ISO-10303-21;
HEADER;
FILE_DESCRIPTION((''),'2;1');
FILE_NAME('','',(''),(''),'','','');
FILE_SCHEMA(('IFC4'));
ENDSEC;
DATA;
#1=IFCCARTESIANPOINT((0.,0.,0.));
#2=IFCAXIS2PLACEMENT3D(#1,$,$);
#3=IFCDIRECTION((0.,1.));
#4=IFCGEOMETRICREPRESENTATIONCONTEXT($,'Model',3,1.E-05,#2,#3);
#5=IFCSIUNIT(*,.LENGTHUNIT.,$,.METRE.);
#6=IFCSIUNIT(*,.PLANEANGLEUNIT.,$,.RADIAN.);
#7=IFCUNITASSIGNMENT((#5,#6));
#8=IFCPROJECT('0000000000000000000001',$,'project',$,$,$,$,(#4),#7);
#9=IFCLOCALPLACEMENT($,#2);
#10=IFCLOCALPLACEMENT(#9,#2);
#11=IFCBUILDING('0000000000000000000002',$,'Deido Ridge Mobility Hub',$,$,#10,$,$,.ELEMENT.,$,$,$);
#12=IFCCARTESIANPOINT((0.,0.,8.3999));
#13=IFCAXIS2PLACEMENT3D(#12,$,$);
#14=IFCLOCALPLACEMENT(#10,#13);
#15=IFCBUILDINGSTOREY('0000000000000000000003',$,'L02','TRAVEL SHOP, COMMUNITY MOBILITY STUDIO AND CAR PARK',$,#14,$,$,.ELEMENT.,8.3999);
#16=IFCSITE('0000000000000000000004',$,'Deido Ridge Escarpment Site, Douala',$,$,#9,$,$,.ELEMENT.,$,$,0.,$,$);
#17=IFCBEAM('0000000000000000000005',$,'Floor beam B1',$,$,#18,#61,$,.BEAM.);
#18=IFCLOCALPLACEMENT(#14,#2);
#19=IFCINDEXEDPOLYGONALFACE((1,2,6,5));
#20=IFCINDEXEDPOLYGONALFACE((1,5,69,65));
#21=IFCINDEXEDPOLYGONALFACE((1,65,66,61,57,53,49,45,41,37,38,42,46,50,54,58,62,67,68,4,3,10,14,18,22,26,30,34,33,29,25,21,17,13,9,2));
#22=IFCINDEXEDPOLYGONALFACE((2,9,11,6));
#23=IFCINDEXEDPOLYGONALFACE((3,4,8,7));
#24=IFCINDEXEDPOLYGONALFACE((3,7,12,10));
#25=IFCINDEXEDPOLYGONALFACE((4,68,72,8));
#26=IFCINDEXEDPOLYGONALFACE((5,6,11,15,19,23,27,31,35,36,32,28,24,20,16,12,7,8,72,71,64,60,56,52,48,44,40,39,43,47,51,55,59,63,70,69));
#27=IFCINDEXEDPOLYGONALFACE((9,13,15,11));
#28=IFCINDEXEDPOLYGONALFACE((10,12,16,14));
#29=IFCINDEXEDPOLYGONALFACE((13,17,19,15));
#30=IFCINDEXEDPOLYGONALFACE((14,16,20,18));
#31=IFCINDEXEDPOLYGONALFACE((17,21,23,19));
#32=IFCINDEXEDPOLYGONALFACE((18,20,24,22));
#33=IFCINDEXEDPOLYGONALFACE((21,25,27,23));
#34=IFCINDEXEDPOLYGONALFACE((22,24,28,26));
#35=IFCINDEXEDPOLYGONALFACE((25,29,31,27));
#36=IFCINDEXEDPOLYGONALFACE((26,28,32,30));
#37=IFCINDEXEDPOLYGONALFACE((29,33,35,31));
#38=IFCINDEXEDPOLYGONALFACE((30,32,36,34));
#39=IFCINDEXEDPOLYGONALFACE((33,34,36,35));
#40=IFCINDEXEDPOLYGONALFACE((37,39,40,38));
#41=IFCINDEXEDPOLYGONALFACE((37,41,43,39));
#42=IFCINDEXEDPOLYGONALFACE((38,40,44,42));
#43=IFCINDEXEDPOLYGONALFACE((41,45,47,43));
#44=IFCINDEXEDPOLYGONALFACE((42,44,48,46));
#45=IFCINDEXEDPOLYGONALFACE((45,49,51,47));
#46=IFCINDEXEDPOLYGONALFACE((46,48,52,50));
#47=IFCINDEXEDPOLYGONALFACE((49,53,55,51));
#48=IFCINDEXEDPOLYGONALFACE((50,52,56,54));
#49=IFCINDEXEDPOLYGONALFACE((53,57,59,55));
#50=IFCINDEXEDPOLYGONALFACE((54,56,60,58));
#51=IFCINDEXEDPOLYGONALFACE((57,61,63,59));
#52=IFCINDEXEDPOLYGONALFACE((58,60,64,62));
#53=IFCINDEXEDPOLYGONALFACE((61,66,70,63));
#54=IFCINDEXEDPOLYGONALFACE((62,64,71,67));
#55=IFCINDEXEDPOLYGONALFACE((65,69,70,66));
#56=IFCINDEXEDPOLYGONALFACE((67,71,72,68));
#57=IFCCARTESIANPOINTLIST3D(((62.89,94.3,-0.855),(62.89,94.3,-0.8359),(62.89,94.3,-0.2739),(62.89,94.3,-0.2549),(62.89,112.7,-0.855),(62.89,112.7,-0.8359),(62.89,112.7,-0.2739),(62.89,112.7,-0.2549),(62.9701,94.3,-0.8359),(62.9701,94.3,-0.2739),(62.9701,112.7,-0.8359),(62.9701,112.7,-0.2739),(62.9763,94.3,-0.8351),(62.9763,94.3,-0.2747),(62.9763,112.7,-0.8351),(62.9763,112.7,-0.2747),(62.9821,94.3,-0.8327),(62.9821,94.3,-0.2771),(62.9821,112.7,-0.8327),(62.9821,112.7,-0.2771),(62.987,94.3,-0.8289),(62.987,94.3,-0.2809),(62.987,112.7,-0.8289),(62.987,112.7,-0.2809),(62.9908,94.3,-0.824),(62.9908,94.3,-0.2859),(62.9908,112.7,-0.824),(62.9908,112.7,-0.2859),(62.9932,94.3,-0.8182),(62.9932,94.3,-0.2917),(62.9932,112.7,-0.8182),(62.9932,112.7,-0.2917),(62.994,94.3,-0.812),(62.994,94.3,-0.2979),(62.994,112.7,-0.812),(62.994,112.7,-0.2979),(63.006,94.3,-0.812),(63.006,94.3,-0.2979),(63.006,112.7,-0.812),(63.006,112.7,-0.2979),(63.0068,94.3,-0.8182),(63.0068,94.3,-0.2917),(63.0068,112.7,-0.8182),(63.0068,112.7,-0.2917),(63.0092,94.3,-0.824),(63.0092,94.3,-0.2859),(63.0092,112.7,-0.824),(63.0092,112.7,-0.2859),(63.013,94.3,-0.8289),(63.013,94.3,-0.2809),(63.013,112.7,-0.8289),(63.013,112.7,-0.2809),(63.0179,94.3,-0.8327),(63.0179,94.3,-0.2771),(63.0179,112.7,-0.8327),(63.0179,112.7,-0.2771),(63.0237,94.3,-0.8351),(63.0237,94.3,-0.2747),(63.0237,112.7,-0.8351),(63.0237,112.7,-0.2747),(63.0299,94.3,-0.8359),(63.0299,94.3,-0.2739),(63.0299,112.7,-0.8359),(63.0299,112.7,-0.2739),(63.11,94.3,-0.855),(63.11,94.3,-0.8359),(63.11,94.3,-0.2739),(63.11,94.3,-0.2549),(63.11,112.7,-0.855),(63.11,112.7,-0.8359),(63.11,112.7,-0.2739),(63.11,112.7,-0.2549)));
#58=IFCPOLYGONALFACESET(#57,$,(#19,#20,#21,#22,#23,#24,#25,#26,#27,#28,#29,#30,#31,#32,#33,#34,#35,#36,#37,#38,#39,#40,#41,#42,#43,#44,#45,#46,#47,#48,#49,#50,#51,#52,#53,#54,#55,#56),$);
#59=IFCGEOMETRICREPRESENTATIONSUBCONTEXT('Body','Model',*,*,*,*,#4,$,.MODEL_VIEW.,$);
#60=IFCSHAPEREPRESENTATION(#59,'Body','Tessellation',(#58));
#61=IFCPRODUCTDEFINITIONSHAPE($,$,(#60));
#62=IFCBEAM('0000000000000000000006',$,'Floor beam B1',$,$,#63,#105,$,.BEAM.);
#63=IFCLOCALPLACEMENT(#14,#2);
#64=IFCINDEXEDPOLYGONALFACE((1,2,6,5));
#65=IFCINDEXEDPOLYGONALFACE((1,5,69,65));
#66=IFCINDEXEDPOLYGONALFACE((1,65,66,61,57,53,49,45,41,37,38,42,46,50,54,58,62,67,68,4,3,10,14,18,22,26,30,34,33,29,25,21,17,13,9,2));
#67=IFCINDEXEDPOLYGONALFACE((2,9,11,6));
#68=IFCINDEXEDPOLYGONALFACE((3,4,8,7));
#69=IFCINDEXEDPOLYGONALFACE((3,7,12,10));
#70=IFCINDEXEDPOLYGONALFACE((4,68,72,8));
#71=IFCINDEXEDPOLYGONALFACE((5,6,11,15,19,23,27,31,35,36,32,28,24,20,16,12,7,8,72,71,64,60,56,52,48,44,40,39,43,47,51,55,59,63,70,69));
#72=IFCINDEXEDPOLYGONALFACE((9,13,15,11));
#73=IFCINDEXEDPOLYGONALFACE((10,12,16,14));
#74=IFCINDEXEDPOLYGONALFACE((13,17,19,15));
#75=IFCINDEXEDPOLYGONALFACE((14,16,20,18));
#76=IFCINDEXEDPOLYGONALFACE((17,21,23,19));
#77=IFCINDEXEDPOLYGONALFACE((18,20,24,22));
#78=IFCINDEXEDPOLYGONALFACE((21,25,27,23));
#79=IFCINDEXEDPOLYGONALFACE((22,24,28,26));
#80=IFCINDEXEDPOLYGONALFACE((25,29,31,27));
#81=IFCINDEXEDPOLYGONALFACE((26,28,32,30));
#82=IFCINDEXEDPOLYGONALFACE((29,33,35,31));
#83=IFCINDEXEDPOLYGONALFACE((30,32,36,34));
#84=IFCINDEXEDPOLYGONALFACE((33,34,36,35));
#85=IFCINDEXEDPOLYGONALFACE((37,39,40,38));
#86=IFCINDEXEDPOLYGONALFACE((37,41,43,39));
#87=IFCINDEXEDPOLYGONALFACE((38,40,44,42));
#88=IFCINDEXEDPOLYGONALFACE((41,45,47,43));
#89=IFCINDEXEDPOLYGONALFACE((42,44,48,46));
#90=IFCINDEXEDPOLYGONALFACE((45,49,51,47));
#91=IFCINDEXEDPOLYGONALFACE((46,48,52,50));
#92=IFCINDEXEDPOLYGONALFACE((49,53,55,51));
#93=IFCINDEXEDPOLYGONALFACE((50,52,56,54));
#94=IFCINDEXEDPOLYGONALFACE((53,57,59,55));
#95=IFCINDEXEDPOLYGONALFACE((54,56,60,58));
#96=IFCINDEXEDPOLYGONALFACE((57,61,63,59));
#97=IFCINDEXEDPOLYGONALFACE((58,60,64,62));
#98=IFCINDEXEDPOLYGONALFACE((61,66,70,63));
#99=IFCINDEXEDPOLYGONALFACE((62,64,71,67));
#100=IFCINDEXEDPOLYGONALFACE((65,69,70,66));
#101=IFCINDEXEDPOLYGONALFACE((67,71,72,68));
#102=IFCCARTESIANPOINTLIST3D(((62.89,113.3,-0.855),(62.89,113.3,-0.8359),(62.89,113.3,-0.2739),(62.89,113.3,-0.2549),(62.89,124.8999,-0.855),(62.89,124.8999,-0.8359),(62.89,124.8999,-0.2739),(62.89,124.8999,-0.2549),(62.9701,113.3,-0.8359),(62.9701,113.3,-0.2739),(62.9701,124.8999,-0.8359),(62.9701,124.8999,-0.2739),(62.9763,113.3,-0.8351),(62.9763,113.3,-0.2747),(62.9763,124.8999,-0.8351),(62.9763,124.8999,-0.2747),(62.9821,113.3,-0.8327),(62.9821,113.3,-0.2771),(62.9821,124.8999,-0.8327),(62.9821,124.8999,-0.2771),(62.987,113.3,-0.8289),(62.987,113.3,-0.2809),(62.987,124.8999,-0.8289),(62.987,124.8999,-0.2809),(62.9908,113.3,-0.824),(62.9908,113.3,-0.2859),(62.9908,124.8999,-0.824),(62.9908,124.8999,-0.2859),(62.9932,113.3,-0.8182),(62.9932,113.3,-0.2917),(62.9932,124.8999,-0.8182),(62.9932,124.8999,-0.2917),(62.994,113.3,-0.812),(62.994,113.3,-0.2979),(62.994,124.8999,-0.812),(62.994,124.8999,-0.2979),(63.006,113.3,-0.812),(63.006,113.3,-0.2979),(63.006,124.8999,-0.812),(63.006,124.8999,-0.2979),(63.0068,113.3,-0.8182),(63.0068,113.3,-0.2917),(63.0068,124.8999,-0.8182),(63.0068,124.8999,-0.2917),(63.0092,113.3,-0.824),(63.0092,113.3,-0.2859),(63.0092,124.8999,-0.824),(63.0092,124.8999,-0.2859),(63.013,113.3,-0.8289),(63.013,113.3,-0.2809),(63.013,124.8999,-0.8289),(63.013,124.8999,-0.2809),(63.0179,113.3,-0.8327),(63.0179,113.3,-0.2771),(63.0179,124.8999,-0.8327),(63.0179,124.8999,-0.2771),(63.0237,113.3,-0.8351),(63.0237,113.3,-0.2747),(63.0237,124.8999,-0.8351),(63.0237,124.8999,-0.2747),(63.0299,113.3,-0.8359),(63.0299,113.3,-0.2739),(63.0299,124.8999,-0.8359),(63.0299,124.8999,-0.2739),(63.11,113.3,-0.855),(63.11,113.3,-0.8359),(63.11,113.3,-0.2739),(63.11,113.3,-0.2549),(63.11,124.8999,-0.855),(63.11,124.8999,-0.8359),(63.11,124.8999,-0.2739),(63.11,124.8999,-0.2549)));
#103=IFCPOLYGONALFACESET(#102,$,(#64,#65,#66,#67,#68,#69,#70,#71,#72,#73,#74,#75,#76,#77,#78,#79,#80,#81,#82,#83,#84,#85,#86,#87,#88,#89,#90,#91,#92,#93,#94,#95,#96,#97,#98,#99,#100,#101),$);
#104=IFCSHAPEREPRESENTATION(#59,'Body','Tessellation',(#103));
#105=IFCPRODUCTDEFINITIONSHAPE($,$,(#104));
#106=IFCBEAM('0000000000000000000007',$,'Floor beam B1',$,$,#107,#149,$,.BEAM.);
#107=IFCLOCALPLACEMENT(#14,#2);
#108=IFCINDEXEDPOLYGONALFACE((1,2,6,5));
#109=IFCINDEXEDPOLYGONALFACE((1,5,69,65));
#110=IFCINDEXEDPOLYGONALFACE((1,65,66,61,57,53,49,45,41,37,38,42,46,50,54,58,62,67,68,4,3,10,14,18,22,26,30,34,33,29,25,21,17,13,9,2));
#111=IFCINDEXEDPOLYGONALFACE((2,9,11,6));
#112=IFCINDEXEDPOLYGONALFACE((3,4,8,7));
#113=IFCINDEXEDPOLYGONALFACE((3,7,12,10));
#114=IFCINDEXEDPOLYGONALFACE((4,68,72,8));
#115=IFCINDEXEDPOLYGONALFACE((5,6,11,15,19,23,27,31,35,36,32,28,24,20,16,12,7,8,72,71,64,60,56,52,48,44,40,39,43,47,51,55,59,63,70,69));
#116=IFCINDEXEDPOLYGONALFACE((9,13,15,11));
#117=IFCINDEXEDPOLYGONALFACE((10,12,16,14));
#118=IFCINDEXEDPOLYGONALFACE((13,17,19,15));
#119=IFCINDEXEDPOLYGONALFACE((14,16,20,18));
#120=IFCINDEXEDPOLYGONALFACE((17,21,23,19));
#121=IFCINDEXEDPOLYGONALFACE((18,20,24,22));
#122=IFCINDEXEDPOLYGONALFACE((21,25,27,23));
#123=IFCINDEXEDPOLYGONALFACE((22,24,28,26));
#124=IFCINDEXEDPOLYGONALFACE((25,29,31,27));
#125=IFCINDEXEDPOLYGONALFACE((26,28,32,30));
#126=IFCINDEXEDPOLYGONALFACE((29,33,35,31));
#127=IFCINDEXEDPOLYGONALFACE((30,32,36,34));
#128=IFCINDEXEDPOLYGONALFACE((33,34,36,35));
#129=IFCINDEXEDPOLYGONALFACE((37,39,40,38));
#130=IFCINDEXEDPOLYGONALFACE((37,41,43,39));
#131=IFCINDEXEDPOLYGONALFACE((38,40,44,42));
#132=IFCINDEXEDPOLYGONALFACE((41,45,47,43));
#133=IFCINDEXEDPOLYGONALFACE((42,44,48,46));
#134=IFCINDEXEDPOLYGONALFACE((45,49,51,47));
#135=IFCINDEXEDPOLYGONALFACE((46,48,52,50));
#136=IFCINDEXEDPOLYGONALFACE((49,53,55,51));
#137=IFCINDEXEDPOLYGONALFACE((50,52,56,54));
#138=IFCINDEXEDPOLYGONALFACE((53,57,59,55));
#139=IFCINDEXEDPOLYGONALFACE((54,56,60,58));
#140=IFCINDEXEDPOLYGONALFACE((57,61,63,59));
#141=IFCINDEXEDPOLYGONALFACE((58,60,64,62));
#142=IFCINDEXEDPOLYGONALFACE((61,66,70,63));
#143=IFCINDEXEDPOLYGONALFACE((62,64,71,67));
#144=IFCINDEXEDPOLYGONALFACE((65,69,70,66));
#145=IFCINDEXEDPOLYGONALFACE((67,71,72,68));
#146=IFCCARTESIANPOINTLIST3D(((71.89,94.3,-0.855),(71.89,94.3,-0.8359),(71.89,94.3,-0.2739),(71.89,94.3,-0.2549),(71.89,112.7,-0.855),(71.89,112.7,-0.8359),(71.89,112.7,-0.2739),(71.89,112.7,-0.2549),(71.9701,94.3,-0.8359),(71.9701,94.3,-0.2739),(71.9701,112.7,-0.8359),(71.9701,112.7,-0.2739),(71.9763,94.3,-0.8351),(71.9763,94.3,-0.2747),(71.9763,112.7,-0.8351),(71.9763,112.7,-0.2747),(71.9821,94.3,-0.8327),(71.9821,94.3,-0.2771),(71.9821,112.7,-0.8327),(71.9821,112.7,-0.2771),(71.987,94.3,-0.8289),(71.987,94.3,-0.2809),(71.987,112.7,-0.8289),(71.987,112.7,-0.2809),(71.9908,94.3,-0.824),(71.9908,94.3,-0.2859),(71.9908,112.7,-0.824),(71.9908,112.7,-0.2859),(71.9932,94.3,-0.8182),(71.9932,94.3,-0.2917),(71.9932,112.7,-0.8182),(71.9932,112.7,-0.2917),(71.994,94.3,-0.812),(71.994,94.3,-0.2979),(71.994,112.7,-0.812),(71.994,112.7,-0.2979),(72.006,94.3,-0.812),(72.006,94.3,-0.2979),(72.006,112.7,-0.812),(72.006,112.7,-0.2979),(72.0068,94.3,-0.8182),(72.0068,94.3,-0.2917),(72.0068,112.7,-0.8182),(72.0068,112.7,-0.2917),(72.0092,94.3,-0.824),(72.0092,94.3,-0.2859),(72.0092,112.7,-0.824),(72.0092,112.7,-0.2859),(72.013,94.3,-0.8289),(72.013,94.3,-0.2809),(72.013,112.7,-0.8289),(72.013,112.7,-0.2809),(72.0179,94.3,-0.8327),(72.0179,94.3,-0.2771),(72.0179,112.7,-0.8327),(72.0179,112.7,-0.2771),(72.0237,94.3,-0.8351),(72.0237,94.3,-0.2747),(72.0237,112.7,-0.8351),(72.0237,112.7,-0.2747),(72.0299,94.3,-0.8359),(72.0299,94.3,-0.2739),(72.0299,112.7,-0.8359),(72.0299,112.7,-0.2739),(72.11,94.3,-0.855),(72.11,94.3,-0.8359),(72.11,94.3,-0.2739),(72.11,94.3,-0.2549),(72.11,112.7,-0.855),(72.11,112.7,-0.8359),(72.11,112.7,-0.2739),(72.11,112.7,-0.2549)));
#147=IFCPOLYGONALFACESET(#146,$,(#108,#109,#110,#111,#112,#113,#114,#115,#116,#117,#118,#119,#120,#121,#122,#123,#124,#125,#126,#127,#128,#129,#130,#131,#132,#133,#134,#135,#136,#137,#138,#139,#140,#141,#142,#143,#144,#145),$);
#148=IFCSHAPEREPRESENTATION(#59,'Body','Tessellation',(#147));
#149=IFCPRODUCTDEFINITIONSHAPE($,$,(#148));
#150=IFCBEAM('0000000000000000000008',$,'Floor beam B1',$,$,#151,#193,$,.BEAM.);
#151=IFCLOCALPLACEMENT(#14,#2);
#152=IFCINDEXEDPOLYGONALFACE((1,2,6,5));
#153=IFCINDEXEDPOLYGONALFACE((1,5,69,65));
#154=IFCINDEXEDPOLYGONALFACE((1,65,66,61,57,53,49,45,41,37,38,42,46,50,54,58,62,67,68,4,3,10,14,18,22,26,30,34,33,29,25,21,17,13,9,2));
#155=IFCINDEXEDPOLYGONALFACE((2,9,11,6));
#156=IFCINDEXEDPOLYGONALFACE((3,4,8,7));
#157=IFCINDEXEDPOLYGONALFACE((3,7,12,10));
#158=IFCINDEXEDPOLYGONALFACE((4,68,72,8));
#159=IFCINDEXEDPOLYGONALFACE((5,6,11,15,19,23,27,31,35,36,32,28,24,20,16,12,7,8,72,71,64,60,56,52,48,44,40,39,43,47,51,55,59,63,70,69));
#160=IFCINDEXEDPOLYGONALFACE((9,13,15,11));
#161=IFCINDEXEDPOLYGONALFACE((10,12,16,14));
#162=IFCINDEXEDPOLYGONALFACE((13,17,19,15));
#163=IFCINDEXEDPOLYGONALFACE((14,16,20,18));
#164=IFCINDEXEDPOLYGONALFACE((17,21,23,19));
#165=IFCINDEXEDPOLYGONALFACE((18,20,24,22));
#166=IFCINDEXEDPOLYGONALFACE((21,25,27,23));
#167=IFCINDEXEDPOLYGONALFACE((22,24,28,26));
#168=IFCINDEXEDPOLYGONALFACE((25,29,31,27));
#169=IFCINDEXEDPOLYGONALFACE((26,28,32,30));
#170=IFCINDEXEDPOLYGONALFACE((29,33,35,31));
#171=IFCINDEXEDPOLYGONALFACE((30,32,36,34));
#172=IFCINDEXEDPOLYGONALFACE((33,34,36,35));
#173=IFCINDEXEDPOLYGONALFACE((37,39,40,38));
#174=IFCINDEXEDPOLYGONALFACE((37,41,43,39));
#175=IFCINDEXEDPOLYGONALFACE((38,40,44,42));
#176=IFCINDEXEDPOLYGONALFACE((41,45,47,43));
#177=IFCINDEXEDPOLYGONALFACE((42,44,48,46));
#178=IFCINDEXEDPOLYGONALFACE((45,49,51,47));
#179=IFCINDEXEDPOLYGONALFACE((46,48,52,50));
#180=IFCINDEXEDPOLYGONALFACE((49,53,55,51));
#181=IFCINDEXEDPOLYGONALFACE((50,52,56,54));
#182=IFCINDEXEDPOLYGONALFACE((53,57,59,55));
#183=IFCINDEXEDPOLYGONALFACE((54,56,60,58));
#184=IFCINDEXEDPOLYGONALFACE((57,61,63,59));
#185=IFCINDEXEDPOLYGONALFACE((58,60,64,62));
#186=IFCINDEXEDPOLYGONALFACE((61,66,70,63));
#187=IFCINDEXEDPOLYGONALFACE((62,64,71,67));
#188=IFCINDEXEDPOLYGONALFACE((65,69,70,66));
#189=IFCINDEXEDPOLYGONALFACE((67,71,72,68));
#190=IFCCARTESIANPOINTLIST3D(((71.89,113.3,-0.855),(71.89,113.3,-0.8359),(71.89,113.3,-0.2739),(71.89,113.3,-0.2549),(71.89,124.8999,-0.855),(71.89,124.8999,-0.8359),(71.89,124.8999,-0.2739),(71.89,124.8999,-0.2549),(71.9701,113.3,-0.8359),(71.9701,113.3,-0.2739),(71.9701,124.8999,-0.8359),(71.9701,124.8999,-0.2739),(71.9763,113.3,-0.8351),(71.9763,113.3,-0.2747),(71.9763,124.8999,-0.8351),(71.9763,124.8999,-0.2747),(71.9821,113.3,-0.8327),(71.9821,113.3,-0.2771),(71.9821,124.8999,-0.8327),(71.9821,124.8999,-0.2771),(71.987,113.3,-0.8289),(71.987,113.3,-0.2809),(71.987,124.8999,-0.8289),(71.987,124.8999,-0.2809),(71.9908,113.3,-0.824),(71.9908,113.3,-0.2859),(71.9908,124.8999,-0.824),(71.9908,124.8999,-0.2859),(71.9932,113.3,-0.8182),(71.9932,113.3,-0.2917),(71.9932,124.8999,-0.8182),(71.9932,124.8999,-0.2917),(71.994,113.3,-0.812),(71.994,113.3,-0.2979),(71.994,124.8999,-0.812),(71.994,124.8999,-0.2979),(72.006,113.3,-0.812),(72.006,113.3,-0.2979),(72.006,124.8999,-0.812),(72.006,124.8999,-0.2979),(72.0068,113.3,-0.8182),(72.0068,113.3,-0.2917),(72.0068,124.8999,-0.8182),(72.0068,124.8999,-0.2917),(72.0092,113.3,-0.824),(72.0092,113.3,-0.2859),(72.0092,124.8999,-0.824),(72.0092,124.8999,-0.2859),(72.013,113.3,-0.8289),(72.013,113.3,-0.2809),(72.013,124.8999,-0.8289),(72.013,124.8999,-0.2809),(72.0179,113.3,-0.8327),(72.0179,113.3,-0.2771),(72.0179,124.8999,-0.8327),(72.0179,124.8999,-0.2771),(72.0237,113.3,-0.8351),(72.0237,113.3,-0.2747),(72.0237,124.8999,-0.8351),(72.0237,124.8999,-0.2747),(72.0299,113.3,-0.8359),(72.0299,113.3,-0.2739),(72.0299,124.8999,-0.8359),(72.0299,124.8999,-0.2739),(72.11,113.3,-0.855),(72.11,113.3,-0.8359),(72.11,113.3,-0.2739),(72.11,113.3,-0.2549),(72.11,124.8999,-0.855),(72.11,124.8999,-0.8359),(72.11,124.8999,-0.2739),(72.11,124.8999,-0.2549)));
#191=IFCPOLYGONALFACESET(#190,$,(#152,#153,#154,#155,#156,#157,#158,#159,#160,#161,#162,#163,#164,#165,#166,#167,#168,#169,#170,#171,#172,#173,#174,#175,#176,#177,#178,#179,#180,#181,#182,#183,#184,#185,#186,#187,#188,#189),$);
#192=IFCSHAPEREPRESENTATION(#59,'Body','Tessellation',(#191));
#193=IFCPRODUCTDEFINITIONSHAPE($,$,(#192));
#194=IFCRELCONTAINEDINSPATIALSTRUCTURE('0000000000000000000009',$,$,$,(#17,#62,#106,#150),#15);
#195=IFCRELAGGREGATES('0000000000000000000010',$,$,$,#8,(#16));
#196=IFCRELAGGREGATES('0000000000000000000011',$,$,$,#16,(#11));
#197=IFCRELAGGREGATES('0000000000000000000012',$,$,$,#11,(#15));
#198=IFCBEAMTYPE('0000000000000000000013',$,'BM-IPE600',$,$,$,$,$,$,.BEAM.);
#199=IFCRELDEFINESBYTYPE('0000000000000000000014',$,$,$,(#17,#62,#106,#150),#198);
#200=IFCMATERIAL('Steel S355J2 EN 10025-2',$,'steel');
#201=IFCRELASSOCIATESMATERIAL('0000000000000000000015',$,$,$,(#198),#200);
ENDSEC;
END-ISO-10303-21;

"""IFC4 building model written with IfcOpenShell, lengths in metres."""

from ifc_helpers import new_model, si_unit, direction, frame, origin, origin_2d, place, context, subcontext, project, spatial, i_section, extrude, material, material_profile, profile_set, type_object, element, save


model = new_model("IFC4")

# Units and contexts
model_context = context("Model", 3, precision=1e-05, world=origin(), true_north=direction((0.0, 1.0)))
body_context = subcontext(model_context, "Body", "Model", "MODEL_VIEW")
ifc_project = project(units=[si_unit("LENGTHUNIT", "METRE"), si_unit("PLANEANGLEUNIT", "RADIAN")], contexts=[model_context])

# Site, building, storey
site_placement = place(None, origin())
site = spatial("IfcSite", under=ifc_project, at=site_placement, Name="Deido Ridge Escarpment Site, Douala", CompositionType="ELEMENT", RefElevation=0.0)
building_placement = place(site_placement, origin())
building = spatial("IfcBuilding", under=site, at=building_placement, Name="Deido Ridge Mobility Hub", CompositionType="ELEMENT")
storey_placement = place(building_placement, frame((0.0, 0.0, 8.3999)))
storey = spatial("IfcBuildingStorey", under=building, at=storey_placement, Name="L02", Description="TRAVEL SHOP, COMMUNITY MOBILITY STUDIO AND CAR PARK", CompositionType="ELEMENT", Elevation=8.3999)

# Shared definitions
ifc_material_1 = material(Name="Steel S355J2 EN 10025-2", Category="steel")

# Beams
ifc_material_profile_1 = material_profile(ifc_material_1, i_section(OverallWidth=0.22, OverallDepth=0.6001, WebThickness=0.012, FlangeThickness=0.019, FilletRadius=0.0239, at=origin_2d()), Name="IPE 600")
ifc_profile_set_1 = profile_set([ifc_material_profile_1], Name="Steel S355J2 EN 10025-2")
beam_type_1 = type_object("IfcBeamType", Name="BM-IPE600", PredefinedType="BEAM", material=ifc_profile_set_1)
beam_1_placement = place(storey_placement, frame((63.0, 94.3, -0.5549), z_axis=(0.0, 1.0, 0.0), x_axis=(-1.0, 0.0, 0.0)))
element("IfcBeam", 1, at=beam_1_placement, inside=storey, type_object=beam_type_1, Name="Floor beam B1", PredefinedType="BEAM", context=body_context, shape_type="SweptSolid", body=[
    extrude(i_section(OverallWidth=0.22, OverallDepth=0.6001, WebThickness=0.012, FlangeThickness=0.019, FilletRadius=0.0239, at=origin_2d()), origin(), (0.0, 0.0, 1.0), 18.3999),
])
beam_2_placement = place(storey_placement, frame((63.0, 113.3, -0.5549), z_axis=(0.0, 1.0, 0.0), x_axis=(-1.0, 0.0, 0.0)))
element("IfcBeam", 2, at=beam_2_placement, inside=storey, type_object=beam_type_1, Name="Floor beam B1", PredefinedType="BEAM", context=body_context, shape_type="SweptSolid", body=[
    extrude(i_section(OverallWidth=0.22, OverallDepth=0.6001, WebThickness=0.012, FlangeThickness=0.019, FilletRadius=0.0239, at=origin_2d()), origin(), (0.0, 0.0, 1.0), 11.5999),
])
beam_3_placement = place(storey_placement, frame((72.0, 94.3, -0.5549), z_axis=(0.0, 1.0, 0.0), x_axis=(-1.0, 0.0, 0.0)))
element("IfcBeam", 3, at=beam_3_placement, inside=storey, type_object=beam_type_1, Name="Floor beam B1", PredefinedType="BEAM", context=body_context, shape_type="SweptSolid", body=[
    extrude(i_section(OverallWidth=0.22, OverallDepth=0.6001, WebThickness=0.012, FlangeThickness=0.019, FilletRadius=0.0239, at=origin_2d()), origin(), (0.0, 0.0, 1.0), 18.3999),
])
beam_4_placement = place(storey_placement, frame((72.0, 113.3, -0.5549), z_axis=(0.0, 1.0, 0.0), x_axis=(-1.0, 0.0, 0.0)))
element("IfcBeam", 4, at=beam_4_placement, inside=storey, type_object=beam_type_1, Name="Floor beam B1", PredefinedType="BEAM", context=body_context, shape_type="SweptSolid", body=[
    extrude(i_section(OverallWidth=0.22, OverallDepth=0.6001, WebThickness=0.012, FlangeThickness=0.019, FilletRadius=0.0239, at=origin_2d()), origin(), (0.0, 0.0, 1.0), 11.5999),
])

save(model, "model.ifc")
